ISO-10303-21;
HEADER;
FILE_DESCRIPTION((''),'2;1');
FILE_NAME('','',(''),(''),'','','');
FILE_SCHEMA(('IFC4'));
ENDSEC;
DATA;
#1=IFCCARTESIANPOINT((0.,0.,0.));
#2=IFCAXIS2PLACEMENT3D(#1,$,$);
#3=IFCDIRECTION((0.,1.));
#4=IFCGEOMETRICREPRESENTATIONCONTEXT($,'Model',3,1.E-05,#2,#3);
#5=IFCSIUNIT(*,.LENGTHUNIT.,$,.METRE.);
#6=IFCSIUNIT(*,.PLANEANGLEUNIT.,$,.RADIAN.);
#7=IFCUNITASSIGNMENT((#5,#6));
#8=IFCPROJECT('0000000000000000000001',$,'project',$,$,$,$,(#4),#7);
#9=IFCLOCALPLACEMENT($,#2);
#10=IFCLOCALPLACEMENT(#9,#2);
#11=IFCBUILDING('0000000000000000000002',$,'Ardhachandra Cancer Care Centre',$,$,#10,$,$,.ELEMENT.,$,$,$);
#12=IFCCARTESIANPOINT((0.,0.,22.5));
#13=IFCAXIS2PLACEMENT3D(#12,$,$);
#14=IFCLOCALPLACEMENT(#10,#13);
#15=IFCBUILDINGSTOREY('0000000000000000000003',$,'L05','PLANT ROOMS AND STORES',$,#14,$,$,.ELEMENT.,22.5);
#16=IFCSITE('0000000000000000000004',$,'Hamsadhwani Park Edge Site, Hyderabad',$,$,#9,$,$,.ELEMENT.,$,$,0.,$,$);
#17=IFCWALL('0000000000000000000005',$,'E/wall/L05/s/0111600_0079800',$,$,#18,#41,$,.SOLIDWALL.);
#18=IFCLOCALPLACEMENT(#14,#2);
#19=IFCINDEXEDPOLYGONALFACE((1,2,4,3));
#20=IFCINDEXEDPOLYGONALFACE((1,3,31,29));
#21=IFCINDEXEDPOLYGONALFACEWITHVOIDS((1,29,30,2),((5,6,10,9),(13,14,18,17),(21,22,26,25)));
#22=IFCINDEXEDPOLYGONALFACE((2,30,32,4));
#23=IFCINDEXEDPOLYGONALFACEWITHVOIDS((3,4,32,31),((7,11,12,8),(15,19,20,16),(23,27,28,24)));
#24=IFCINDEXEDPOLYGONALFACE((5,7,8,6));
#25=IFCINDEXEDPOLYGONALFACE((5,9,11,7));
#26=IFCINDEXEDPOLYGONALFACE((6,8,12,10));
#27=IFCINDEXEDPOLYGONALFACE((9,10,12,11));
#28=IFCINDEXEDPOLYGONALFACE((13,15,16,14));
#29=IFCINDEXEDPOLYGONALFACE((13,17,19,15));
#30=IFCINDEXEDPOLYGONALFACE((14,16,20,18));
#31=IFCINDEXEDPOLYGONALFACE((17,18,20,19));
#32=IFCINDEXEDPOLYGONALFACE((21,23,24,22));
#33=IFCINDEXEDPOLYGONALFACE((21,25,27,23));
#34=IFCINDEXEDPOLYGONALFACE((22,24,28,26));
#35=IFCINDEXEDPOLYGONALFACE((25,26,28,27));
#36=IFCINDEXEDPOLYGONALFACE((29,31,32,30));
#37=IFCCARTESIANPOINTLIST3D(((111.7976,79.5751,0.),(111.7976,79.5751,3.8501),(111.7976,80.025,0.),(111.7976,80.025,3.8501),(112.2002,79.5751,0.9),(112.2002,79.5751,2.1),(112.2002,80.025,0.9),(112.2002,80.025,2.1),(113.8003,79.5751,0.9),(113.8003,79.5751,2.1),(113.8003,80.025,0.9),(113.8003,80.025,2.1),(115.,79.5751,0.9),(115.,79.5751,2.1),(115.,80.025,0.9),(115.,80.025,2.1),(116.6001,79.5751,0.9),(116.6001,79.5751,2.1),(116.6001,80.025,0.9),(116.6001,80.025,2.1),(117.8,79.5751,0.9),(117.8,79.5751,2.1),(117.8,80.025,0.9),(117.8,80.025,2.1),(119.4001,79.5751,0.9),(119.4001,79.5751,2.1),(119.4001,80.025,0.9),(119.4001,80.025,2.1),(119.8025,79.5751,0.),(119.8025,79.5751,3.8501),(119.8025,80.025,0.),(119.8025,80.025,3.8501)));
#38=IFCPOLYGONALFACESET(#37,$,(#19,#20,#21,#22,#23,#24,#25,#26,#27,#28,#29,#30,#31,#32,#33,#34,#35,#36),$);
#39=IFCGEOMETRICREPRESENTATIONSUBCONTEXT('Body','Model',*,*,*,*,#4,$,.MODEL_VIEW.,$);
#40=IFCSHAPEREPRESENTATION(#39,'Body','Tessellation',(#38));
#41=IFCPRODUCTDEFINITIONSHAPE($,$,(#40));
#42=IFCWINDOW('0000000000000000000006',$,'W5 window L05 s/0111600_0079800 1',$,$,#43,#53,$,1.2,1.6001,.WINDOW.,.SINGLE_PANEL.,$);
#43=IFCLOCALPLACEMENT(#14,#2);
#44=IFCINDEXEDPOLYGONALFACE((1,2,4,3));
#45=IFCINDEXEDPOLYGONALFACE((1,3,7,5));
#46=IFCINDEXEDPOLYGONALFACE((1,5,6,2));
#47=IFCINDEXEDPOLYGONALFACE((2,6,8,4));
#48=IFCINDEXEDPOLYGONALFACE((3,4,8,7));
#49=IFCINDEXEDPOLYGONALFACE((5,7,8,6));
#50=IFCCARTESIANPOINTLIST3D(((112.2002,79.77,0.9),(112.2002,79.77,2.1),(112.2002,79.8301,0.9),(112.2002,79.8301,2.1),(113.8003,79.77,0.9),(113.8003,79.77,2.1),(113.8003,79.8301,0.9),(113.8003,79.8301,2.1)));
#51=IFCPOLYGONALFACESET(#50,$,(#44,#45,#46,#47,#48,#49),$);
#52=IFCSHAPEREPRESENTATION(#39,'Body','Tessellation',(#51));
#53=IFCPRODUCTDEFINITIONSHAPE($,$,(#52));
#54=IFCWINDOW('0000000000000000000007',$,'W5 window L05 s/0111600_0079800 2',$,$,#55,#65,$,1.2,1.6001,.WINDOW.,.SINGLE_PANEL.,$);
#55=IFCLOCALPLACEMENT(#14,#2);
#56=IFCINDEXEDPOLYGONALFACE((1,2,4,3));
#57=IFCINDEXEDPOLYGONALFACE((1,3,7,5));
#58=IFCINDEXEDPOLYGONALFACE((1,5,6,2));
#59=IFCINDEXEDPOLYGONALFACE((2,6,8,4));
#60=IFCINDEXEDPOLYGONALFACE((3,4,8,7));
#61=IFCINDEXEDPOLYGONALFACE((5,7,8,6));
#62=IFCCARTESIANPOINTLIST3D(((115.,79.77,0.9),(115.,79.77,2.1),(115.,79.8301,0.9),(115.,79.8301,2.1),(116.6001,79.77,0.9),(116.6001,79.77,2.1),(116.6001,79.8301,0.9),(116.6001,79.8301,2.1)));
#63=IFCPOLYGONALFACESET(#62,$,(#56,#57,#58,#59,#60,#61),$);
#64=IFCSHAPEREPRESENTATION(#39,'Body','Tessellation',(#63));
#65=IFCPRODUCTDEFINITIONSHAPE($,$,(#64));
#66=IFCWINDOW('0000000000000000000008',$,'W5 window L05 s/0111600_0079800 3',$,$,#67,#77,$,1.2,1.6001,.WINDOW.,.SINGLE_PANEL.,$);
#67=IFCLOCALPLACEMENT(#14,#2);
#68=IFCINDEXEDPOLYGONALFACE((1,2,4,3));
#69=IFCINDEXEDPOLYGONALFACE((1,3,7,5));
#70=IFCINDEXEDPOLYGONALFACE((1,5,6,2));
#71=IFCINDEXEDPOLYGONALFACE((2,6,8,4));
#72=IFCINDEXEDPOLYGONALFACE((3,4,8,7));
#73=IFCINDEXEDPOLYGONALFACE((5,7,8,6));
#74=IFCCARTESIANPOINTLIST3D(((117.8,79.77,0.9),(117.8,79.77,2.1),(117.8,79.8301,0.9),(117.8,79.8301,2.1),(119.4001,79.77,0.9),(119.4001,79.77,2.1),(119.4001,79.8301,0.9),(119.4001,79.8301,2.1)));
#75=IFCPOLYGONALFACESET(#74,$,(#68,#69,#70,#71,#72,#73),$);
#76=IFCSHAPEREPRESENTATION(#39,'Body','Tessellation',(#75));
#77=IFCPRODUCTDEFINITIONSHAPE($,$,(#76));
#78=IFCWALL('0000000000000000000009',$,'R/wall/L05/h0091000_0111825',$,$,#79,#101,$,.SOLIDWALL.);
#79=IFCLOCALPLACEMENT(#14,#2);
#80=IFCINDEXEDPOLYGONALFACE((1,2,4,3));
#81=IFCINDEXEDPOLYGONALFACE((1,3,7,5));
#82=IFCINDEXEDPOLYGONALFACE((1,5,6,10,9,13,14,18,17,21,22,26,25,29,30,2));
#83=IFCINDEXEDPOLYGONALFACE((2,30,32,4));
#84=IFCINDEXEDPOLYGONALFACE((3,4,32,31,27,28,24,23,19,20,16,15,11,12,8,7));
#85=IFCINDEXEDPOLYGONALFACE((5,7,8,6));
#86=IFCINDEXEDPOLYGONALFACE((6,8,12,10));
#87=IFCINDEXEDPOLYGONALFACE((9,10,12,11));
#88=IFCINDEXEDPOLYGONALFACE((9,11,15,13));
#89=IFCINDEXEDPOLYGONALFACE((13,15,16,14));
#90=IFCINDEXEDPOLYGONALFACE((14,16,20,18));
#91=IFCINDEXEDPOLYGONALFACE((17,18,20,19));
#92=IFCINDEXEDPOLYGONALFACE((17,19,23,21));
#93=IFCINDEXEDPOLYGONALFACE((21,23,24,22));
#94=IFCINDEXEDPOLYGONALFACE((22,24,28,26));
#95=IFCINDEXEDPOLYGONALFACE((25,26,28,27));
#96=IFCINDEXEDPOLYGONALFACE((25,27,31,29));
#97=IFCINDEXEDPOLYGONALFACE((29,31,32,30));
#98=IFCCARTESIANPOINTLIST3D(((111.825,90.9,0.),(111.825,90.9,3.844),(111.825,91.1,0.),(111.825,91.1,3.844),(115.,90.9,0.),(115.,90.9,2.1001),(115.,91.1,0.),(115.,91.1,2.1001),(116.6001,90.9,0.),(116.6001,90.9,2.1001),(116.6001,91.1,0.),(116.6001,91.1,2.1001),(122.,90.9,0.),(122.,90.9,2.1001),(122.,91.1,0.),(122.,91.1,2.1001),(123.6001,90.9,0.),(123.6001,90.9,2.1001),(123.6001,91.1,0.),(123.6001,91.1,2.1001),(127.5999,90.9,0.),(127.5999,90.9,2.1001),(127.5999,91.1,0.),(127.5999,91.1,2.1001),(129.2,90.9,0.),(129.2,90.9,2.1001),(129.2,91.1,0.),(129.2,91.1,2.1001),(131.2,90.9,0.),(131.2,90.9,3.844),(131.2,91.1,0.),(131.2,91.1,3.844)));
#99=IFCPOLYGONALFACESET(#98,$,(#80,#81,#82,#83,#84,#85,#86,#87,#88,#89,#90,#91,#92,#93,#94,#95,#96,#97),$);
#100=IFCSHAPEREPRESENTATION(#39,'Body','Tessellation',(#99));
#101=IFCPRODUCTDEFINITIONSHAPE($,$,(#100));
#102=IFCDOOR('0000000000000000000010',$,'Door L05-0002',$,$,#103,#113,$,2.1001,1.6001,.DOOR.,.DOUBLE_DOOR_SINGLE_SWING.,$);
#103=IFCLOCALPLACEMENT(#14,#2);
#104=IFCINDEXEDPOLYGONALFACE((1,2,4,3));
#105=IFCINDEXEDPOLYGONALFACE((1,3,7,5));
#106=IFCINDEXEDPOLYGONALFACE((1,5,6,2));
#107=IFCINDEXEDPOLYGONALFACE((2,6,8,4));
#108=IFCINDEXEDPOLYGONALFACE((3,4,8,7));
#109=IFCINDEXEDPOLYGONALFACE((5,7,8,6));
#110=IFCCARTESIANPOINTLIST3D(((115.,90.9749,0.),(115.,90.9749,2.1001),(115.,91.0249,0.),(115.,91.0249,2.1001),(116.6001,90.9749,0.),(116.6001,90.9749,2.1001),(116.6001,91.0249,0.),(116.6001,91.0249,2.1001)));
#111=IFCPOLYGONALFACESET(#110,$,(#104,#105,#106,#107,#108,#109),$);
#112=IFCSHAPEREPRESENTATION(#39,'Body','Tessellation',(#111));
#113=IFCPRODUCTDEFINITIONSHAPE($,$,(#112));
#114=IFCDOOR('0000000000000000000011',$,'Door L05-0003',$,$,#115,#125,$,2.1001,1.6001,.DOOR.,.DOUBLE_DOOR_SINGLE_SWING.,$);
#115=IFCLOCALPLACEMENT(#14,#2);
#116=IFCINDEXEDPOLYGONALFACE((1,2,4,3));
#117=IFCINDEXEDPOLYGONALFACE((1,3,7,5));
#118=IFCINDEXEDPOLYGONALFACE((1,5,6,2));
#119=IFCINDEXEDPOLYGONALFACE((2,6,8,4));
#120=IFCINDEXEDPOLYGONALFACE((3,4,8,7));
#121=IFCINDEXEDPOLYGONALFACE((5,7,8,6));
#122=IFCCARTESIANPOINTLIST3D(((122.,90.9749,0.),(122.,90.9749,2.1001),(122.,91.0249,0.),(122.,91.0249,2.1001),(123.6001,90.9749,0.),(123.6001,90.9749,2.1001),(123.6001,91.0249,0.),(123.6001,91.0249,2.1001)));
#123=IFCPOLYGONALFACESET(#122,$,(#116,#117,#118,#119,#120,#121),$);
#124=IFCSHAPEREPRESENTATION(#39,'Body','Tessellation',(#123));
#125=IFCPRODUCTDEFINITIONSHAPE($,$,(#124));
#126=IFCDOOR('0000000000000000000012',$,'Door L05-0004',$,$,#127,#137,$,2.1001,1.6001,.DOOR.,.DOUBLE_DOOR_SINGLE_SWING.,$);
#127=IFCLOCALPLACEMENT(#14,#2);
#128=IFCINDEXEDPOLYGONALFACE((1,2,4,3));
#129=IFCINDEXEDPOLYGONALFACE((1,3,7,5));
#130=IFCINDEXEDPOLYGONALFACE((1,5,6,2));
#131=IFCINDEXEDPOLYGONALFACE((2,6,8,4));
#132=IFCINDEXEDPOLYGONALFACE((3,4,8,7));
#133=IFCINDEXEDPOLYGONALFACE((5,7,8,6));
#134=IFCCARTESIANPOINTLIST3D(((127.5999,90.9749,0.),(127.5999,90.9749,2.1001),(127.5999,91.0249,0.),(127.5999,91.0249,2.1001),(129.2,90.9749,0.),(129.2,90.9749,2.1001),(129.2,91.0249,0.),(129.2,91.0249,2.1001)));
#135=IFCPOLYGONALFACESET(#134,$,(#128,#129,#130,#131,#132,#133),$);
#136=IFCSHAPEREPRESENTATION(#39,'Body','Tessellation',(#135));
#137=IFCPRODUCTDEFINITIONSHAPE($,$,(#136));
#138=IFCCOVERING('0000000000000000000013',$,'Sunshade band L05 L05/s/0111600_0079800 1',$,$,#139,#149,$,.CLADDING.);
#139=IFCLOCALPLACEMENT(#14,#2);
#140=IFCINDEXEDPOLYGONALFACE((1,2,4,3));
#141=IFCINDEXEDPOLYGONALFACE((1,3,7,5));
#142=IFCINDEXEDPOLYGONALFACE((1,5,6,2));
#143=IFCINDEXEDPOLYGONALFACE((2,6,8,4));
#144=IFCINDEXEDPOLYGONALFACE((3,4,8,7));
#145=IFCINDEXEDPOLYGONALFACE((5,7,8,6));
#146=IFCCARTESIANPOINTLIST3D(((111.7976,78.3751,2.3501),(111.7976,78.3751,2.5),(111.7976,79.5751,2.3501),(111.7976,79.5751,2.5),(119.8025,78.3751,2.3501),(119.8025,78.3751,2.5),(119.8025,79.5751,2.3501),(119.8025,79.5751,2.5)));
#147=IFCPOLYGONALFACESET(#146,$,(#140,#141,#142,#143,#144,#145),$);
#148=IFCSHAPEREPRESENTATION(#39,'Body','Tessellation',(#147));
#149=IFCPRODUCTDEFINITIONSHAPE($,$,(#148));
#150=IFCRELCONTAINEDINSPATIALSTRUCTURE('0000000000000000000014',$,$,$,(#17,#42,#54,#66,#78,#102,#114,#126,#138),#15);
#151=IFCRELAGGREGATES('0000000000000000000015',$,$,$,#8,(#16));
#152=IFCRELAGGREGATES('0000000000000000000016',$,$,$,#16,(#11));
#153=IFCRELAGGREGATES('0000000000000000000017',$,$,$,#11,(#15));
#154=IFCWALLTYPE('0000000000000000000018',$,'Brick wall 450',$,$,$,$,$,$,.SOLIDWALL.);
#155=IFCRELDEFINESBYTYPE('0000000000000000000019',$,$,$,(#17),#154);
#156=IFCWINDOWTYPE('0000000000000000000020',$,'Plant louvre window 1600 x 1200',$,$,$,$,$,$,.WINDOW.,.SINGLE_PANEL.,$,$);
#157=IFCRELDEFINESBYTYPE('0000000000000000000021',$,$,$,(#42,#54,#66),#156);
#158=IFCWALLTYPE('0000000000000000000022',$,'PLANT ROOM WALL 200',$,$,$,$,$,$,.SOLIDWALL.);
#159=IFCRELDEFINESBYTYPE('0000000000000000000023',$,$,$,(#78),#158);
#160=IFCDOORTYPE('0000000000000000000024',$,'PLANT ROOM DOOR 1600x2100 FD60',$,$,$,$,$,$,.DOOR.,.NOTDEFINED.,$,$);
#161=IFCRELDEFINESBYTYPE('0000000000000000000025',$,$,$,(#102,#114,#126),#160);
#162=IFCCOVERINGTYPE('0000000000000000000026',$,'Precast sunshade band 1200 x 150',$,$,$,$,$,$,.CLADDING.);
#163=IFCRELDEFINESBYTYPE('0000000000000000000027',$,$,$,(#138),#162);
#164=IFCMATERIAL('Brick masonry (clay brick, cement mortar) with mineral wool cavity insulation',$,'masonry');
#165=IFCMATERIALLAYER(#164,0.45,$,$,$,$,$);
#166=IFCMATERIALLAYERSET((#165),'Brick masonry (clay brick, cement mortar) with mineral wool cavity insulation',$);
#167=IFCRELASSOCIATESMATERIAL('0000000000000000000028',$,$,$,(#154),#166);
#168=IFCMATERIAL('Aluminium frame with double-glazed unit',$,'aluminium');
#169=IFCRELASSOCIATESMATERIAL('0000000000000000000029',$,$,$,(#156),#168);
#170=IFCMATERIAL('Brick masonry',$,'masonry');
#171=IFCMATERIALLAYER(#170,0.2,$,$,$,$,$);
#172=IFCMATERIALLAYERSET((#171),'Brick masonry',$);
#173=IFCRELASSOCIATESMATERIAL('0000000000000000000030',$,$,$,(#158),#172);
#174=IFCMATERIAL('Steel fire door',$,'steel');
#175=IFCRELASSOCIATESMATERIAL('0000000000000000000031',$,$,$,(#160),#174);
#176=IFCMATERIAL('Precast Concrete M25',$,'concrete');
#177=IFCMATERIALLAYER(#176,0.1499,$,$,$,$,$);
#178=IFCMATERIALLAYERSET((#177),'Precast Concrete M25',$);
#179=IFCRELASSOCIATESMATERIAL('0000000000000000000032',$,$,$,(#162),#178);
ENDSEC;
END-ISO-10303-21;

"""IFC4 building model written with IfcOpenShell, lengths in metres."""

from ifc_helpers import new_model, si_unit, direction, frame, frame_2d, origin, origin_2d, place, context, subcontext, project, spatial, rectangle, extrude, material, layer, layer_set, type_object, element, fill, save


model = new_model("IFC4")

# Units and contexts
model_context = context("Model", 3, precision=1e-05, world=origin(), true_north=direction((0.0, 1.0)))
body_context = subcontext(model_context, "Body", "Model", "MODEL_VIEW")
ifc_project = project(units=[si_unit("LENGTHUNIT", "METRE"), si_unit("PLANEANGLEUNIT", "RADIAN")], contexts=[model_context])

# Site, building, storey
site_placement = place(None, origin())
site = spatial("IfcSite", under=ifc_project, at=site_placement, Name="Hamsadhwani Park Edge Site, Hyderabad", CompositionType="ELEMENT", RefElevation=0.0)
building_placement = place(site_placement, origin())
building = spatial("IfcBuilding", under=site, at=building_placement, Name="Ardhachandra Cancer Care Centre", CompositionType="ELEMENT")
storey_placement = place(building_placement, frame((0.0, 0.0, 22.5)))
storey = spatial("IfcBuildingStorey", under=building, at=storey_placement, Name="L05", Description="PLANT ROOMS AND STORES", CompositionType="ELEMENT", Elevation=22.5)

# Wall, openings, windows
ifc_material_1 = material(Name="Brick masonry (clay brick, cement mortar) with mineral wool cavity insulation", Category="masonry")
ifc_layer_1 = layer(ifc_material_1, 0.45)
ifc_layer_set_1 = layer_set([ifc_layer_1], Name="Brick masonry (clay brick, cement mortar) with mineral wool cavity insulation")
wall_type_1 = type_object("IfcWallType", Name="Brick wall 450", PredefinedType="SOLIDWALL", material=ifc_layer_set_1)
wall_1_placement = place(storey_placement, frame((111.7976, 79.8, 0.0), z_axis=(0.0, 0.0, 1.0), x_axis=(1.0, 0.0, 0.0)))
wall_1 = element("IfcWall", 1, at=wall_1_placement, inside=storey, type_object=wall_type_1, Name="E/wall/L05/s/0111600_0079800", PredefinedType="SOLIDWALL", context=body_context, shape_type="SweptSolid", body=[
    extrude(rectangle(XDim=8.0049, YDim=0.45, at=frame_2d((4.0024, 0.0))), origin(), (0.0, 0.0, 1.0), 3.8501),
])
opening_1_placement = place(wall_1_placement, frame((0.4026, 0.0, 0.8999)))
opening_1 = element("IfcOpeningElement", 2, at=opening_1_placement, cuts=wall_1, PredefinedType="OPENING", context=body_context, shape_type="SweptSolid", body=[
    extrude(rectangle(XDim=1.6001, YDim=1.2, at=frame_2d((0.8, 0.6001))), frame((0.0, 0.2349, 0.0), z_axis=(0.0, -1.0, 0.0), x_axis=(1.0, 0.0, 0.0)), (0.0, 0.0, 1.0), 0.47),
])
opening_2_placement = place(wall_1_placement, frame((3.2024, 0.0, 0.8999)))
opening_2 = element("IfcOpeningElement", 3, at=opening_2_placement, cuts=wall_1, PredefinedType="OPENING", context=body_context, shape_type="SweptSolid", body=[
    extrude(rectangle(XDim=1.6001, YDim=1.2, at=frame_2d((0.8, 0.6001))), frame((0.0, 0.2349, 0.0), z_axis=(0.0, -1.0, 0.0), x_axis=(1.0, 0.0, 0.0)), (0.0, 0.0, 1.0), 0.47),
])
opening_3_placement = place(wall_1_placement, frame((6.0024, 0.0, 0.8999)))
opening_3 = element("IfcOpeningElement", 4, at=opening_3_placement, cuts=wall_1, PredefinedType="OPENING", context=body_context, shape_type="SweptSolid", body=[
    extrude(rectangle(XDim=1.6001, YDim=1.2, at=frame_2d((0.8, 0.6001))), frame((0.0, 0.2349, 0.0), z_axis=(0.0, -1.0, 0.0), x_axis=(1.0, 0.0, 0.0)), (0.0, 0.0, 1.0), 0.47),
])
ifc_material_2 = material(Name="Aluminium frame with double-glazed unit", Category="aluminium")
window_type = type_object("IfcWindowType", Name="Plant louvre window 1600 x 1200", PartitioningType="SINGLE_PANEL", PredefinedType="WINDOW", material=ifc_material_2)
window_1_placement = place(opening_1_placement, origin())
window_1 = element("IfcWindow", 5, at=window_1_placement, inside=storey, type_object=window_type, Name="W5 window L05 s/0111600_0079800 1", OverallHeight=1.2, OverallWidth=1.6001, PartitioningType="SINGLE_PANEL", PredefinedType="WINDOW", context=body_context, shape_type="SweptSolid", body=[
    extrude(rectangle(XDim=1.6001, YDim=1.2, at=frame_2d((0.8, 0.6001))), frame((0.0, 0.03, 0.0), z_axis=(0.0, -1.0, 0.0), x_axis=(1.0, 0.0, 0.0)), (0.0, 0.0, 1.0), 0.0601),
])
fill(opening_1, window_1)
window_2_placement = place(opening_2_placement, origin())
window_2 = element("IfcWindow", 6, at=window_2_placement, inside=storey, type_object=window_type, Name="W5 window L05 s/0111600_0079800 2", OverallHeight=1.2, OverallWidth=1.6001, PartitioningType="SINGLE_PANEL", PredefinedType="WINDOW", context=body_context, shape_type="SweptSolid", body=[
    extrude(rectangle(XDim=1.6001, YDim=1.2, at=frame_2d((0.8, 0.6001))), frame((0.0, 0.03, 0.0), z_axis=(0.0, -1.0, 0.0), x_axis=(1.0, 0.0, 0.0)), (0.0, 0.0, 1.0), 0.0601),
])
fill(opening_2, window_2)
window_3_placement = place(opening_3_placement, origin())
window_3 = element("IfcWindow", 7, at=window_3_placement, inside=storey, type_object=window_type, Name="W5 window L05 s/0111600_0079800 3", OverallHeight=1.2, OverallWidth=1.6001, PartitioningType="SINGLE_PANEL", PredefinedType="WINDOW", context=body_context, shape_type="SweptSolid", body=[
    extrude(rectangle(XDim=1.6001, YDim=1.2, at=frame_2d((0.8, 0.6001))), frame((0.0, 0.03, 0.0), z_axis=(0.0, -1.0, 0.0), x_axis=(1.0, 0.0, 0.0)), (0.0, 0.0, 1.0), 0.0601),
])
fill(opening_3, window_3)

# Wall, openings, doors
ifc_material_3 = material(Name="Brick masonry", Category="masonry")
ifc_layer_2 = layer(ifc_material_3, 0.2)
ifc_layer_set_2 = layer_set([ifc_layer_2], Name="Brick masonry")
wall_type_2 = type_object("IfcWallType", Name="PLANT ROOM WALL 200", PredefinedType="SOLIDWALL", material=ifc_layer_set_2)
wall_2_placement = place(storey_placement, frame((111.825, 91.0, 0.0), z_axis=(0.0, 0.0, 1.0), x_axis=(1.0, 0.0, 0.0)))
wall_2 = element("IfcWall", 8, at=wall_2_placement, inside=storey, type_object=wall_type_2, Name="R/wall/L05/h0091000_0111825", PredefinedType="SOLIDWALL", context=body_context, shape_type="SweptSolid", body=[
    extrude(rectangle(XDim=19.375, YDim=0.2, at=frame_2d((9.6875, 0.0))), origin(), (0.0, 0.0, 1.0), 3.844),
])
opening_4_placement = place(wall_2_placement, frame((3.175, 0.0, 0.0)))
opening_4 = element("IfcOpeningElement", 9, at=opening_4_placement, cuts=wall_2, PredefinedType="OPENING", context=body_context, shape_type="SweptSolid", body=[
    extrude(rectangle(XDim=1.6001, YDim=2.1001, at=frame_2d((0.8, 1.05))), frame((0.0, 0.1099, 0.0), z_axis=(0.0, -1.0, 0.0), x_axis=(1.0, 0.0, 0.0)), (0.0, 0.0, 1.0), 0.22),
])
opening_5_placement = place(wall_2_placement, frame((10.175, 0.0, 0.0)))
opening_5 = element("IfcOpeningElement", 10, at=opening_5_placement, cuts=wall_2, PredefinedType="OPENING", context=body_context, shape_type="SweptSolid", body=[
    extrude(rectangle(XDim=1.6001, YDim=2.1001, at=frame_2d((0.8, 1.05))), frame((0.0, 0.1099, 0.0), z_axis=(0.0, -1.0, 0.0), x_axis=(1.0, 0.0, 0.0)), (0.0, 0.0, 1.0), 0.22),
])
opening_6_placement = place(wall_2_placement, frame((15.7749, 0.0, 0.0)))
opening_6 = element("IfcOpeningElement", 11, at=opening_6_placement, cuts=wall_2, PredefinedType="OPENING", context=body_context, shape_type="SweptSolid", body=[
    extrude(rectangle(XDim=1.6001, YDim=2.1001, at=frame_2d((0.8, 1.05))), frame((0.0, 0.1099, 0.0), z_axis=(0.0, -1.0, 0.0), x_axis=(1.0, 0.0, 0.0)), (0.0, 0.0, 1.0), 0.22),
])
ifc_material_4 = material(Name="Steel fire door", Category="steel")
door_type = type_object("IfcDoorType", Name="PLANT ROOM DOOR 1600x2100 FD60", OperationType="NOTDEFINED", PredefinedType="DOOR", material=ifc_material_4)
door_1_placement = place(opening_4_placement, origin())
door_1 = element("IfcDoor", 12, at=door_1_placement, inside=storey, type_object=door_type, Name="Door L05-0002", OperationType="DOUBLE_DOOR_SINGLE_SWING", OverallHeight=2.1001, OverallWidth=1.6001, PredefinedType="DOOR", context=body_context, shape_type="SweptSolid", body=[
    extrude(rectangle(XDim=1.6001, YDim=2.1001, at=frame_2d((0.8, 1.05))), frame((0.0, 0.0249, 0.0), z_axis=(0.0, -1.0, 0.0), x_axis=(1.0, 0.0, 0.0)), (0.0, 0.0, 1.0), 0.05),
])
fill(opening_4, door_1)
door_2_placement = place(opening_5_placement, origin())
door_2 = element("IfcDoor", 13, at=door_2_placement, inside=storey, type_object=door_type, Name="Door L05-0003", OperationType="DOUBLE_DOOR_SINGLE_SWING", OverallHeight=2.1001, OverallWidth=1.6001, PredefinedType="DOOR", context=body_context, shape_type="SweptSolid", body=[
    extrude(rectangle(XDim=1.6001, YDim=2.1001, at=frame_2d((0.8, 1.05))), frame((0.0, 0.0249, 0.0), z_axis=(0.0, -1.0, 0.0), x_axis=(1.0, 0.0, 0.0)), (0.0, 0.0, 1.0), 0.05),
])
fill(opening_5, door_2)
door_3_placement = place(opening_6_placement, origin())
door_3 = element("IfcDoor", 14, at=door_3_placement, inside=storey, type_object=door_type, Name="Door L05-0004", OperationType="DOUBLE_DOOR_SINGLE_SWING", OverallHeight=2.1001, OverallWidth=1.6001, PredefinedType="DOOR", context=body_context, shape_type="SweptSolid", body=[
    extrude(rectangle(XDim=1.6001, YDim=2.1001, at=frame_2d((0.8, 1.05))), frame((0.0, 0.0249, 0.0), z_axis=(0.0, -1.0, 0.0), x_axis=(1.0, 0.0, 0.0)), (0.0, 0.0, 1.0), 0.05),
])
fill(opening_6, door_3)

# Covering
ifc_material_5 = material(Name="Precast Concrete M25", Category="concrete")
ifc_layer_3 = layer(ifc_material_5, 0.1499)
ifc_layer_set_3 = layer_set([ifc_layer_3], Name="Precast Concrete M25")
covering_type = type_object("IfcCoveringType", Name="Precast sunshade band 1200 x 150", PredefinedType="CLADDING", material=ifc_layer_set_3)
covering_placement = place(storey_placement, frame((115.8, 78.9751, 2.3501), z_axis=(0.0, 0.0, 1.0), x_axis=(1.0, 0.0, 0.0)))
element("IfcCovering", 15, at=covering_placement, inside=storey, type_object=covering_type, Name="Sunshade band L05 L05/s/0111600_0079800 1", PredefinedType="CLADDING", context=body_context, shape_type="SweptSolid", body=[
    extrude(rectangle(XDim=8.0049, YDim=1.2, at=origin_2d()), origin(), (0.0, 0.0, 1.0), 0.1499),
])

save(model, "model.ifc")
